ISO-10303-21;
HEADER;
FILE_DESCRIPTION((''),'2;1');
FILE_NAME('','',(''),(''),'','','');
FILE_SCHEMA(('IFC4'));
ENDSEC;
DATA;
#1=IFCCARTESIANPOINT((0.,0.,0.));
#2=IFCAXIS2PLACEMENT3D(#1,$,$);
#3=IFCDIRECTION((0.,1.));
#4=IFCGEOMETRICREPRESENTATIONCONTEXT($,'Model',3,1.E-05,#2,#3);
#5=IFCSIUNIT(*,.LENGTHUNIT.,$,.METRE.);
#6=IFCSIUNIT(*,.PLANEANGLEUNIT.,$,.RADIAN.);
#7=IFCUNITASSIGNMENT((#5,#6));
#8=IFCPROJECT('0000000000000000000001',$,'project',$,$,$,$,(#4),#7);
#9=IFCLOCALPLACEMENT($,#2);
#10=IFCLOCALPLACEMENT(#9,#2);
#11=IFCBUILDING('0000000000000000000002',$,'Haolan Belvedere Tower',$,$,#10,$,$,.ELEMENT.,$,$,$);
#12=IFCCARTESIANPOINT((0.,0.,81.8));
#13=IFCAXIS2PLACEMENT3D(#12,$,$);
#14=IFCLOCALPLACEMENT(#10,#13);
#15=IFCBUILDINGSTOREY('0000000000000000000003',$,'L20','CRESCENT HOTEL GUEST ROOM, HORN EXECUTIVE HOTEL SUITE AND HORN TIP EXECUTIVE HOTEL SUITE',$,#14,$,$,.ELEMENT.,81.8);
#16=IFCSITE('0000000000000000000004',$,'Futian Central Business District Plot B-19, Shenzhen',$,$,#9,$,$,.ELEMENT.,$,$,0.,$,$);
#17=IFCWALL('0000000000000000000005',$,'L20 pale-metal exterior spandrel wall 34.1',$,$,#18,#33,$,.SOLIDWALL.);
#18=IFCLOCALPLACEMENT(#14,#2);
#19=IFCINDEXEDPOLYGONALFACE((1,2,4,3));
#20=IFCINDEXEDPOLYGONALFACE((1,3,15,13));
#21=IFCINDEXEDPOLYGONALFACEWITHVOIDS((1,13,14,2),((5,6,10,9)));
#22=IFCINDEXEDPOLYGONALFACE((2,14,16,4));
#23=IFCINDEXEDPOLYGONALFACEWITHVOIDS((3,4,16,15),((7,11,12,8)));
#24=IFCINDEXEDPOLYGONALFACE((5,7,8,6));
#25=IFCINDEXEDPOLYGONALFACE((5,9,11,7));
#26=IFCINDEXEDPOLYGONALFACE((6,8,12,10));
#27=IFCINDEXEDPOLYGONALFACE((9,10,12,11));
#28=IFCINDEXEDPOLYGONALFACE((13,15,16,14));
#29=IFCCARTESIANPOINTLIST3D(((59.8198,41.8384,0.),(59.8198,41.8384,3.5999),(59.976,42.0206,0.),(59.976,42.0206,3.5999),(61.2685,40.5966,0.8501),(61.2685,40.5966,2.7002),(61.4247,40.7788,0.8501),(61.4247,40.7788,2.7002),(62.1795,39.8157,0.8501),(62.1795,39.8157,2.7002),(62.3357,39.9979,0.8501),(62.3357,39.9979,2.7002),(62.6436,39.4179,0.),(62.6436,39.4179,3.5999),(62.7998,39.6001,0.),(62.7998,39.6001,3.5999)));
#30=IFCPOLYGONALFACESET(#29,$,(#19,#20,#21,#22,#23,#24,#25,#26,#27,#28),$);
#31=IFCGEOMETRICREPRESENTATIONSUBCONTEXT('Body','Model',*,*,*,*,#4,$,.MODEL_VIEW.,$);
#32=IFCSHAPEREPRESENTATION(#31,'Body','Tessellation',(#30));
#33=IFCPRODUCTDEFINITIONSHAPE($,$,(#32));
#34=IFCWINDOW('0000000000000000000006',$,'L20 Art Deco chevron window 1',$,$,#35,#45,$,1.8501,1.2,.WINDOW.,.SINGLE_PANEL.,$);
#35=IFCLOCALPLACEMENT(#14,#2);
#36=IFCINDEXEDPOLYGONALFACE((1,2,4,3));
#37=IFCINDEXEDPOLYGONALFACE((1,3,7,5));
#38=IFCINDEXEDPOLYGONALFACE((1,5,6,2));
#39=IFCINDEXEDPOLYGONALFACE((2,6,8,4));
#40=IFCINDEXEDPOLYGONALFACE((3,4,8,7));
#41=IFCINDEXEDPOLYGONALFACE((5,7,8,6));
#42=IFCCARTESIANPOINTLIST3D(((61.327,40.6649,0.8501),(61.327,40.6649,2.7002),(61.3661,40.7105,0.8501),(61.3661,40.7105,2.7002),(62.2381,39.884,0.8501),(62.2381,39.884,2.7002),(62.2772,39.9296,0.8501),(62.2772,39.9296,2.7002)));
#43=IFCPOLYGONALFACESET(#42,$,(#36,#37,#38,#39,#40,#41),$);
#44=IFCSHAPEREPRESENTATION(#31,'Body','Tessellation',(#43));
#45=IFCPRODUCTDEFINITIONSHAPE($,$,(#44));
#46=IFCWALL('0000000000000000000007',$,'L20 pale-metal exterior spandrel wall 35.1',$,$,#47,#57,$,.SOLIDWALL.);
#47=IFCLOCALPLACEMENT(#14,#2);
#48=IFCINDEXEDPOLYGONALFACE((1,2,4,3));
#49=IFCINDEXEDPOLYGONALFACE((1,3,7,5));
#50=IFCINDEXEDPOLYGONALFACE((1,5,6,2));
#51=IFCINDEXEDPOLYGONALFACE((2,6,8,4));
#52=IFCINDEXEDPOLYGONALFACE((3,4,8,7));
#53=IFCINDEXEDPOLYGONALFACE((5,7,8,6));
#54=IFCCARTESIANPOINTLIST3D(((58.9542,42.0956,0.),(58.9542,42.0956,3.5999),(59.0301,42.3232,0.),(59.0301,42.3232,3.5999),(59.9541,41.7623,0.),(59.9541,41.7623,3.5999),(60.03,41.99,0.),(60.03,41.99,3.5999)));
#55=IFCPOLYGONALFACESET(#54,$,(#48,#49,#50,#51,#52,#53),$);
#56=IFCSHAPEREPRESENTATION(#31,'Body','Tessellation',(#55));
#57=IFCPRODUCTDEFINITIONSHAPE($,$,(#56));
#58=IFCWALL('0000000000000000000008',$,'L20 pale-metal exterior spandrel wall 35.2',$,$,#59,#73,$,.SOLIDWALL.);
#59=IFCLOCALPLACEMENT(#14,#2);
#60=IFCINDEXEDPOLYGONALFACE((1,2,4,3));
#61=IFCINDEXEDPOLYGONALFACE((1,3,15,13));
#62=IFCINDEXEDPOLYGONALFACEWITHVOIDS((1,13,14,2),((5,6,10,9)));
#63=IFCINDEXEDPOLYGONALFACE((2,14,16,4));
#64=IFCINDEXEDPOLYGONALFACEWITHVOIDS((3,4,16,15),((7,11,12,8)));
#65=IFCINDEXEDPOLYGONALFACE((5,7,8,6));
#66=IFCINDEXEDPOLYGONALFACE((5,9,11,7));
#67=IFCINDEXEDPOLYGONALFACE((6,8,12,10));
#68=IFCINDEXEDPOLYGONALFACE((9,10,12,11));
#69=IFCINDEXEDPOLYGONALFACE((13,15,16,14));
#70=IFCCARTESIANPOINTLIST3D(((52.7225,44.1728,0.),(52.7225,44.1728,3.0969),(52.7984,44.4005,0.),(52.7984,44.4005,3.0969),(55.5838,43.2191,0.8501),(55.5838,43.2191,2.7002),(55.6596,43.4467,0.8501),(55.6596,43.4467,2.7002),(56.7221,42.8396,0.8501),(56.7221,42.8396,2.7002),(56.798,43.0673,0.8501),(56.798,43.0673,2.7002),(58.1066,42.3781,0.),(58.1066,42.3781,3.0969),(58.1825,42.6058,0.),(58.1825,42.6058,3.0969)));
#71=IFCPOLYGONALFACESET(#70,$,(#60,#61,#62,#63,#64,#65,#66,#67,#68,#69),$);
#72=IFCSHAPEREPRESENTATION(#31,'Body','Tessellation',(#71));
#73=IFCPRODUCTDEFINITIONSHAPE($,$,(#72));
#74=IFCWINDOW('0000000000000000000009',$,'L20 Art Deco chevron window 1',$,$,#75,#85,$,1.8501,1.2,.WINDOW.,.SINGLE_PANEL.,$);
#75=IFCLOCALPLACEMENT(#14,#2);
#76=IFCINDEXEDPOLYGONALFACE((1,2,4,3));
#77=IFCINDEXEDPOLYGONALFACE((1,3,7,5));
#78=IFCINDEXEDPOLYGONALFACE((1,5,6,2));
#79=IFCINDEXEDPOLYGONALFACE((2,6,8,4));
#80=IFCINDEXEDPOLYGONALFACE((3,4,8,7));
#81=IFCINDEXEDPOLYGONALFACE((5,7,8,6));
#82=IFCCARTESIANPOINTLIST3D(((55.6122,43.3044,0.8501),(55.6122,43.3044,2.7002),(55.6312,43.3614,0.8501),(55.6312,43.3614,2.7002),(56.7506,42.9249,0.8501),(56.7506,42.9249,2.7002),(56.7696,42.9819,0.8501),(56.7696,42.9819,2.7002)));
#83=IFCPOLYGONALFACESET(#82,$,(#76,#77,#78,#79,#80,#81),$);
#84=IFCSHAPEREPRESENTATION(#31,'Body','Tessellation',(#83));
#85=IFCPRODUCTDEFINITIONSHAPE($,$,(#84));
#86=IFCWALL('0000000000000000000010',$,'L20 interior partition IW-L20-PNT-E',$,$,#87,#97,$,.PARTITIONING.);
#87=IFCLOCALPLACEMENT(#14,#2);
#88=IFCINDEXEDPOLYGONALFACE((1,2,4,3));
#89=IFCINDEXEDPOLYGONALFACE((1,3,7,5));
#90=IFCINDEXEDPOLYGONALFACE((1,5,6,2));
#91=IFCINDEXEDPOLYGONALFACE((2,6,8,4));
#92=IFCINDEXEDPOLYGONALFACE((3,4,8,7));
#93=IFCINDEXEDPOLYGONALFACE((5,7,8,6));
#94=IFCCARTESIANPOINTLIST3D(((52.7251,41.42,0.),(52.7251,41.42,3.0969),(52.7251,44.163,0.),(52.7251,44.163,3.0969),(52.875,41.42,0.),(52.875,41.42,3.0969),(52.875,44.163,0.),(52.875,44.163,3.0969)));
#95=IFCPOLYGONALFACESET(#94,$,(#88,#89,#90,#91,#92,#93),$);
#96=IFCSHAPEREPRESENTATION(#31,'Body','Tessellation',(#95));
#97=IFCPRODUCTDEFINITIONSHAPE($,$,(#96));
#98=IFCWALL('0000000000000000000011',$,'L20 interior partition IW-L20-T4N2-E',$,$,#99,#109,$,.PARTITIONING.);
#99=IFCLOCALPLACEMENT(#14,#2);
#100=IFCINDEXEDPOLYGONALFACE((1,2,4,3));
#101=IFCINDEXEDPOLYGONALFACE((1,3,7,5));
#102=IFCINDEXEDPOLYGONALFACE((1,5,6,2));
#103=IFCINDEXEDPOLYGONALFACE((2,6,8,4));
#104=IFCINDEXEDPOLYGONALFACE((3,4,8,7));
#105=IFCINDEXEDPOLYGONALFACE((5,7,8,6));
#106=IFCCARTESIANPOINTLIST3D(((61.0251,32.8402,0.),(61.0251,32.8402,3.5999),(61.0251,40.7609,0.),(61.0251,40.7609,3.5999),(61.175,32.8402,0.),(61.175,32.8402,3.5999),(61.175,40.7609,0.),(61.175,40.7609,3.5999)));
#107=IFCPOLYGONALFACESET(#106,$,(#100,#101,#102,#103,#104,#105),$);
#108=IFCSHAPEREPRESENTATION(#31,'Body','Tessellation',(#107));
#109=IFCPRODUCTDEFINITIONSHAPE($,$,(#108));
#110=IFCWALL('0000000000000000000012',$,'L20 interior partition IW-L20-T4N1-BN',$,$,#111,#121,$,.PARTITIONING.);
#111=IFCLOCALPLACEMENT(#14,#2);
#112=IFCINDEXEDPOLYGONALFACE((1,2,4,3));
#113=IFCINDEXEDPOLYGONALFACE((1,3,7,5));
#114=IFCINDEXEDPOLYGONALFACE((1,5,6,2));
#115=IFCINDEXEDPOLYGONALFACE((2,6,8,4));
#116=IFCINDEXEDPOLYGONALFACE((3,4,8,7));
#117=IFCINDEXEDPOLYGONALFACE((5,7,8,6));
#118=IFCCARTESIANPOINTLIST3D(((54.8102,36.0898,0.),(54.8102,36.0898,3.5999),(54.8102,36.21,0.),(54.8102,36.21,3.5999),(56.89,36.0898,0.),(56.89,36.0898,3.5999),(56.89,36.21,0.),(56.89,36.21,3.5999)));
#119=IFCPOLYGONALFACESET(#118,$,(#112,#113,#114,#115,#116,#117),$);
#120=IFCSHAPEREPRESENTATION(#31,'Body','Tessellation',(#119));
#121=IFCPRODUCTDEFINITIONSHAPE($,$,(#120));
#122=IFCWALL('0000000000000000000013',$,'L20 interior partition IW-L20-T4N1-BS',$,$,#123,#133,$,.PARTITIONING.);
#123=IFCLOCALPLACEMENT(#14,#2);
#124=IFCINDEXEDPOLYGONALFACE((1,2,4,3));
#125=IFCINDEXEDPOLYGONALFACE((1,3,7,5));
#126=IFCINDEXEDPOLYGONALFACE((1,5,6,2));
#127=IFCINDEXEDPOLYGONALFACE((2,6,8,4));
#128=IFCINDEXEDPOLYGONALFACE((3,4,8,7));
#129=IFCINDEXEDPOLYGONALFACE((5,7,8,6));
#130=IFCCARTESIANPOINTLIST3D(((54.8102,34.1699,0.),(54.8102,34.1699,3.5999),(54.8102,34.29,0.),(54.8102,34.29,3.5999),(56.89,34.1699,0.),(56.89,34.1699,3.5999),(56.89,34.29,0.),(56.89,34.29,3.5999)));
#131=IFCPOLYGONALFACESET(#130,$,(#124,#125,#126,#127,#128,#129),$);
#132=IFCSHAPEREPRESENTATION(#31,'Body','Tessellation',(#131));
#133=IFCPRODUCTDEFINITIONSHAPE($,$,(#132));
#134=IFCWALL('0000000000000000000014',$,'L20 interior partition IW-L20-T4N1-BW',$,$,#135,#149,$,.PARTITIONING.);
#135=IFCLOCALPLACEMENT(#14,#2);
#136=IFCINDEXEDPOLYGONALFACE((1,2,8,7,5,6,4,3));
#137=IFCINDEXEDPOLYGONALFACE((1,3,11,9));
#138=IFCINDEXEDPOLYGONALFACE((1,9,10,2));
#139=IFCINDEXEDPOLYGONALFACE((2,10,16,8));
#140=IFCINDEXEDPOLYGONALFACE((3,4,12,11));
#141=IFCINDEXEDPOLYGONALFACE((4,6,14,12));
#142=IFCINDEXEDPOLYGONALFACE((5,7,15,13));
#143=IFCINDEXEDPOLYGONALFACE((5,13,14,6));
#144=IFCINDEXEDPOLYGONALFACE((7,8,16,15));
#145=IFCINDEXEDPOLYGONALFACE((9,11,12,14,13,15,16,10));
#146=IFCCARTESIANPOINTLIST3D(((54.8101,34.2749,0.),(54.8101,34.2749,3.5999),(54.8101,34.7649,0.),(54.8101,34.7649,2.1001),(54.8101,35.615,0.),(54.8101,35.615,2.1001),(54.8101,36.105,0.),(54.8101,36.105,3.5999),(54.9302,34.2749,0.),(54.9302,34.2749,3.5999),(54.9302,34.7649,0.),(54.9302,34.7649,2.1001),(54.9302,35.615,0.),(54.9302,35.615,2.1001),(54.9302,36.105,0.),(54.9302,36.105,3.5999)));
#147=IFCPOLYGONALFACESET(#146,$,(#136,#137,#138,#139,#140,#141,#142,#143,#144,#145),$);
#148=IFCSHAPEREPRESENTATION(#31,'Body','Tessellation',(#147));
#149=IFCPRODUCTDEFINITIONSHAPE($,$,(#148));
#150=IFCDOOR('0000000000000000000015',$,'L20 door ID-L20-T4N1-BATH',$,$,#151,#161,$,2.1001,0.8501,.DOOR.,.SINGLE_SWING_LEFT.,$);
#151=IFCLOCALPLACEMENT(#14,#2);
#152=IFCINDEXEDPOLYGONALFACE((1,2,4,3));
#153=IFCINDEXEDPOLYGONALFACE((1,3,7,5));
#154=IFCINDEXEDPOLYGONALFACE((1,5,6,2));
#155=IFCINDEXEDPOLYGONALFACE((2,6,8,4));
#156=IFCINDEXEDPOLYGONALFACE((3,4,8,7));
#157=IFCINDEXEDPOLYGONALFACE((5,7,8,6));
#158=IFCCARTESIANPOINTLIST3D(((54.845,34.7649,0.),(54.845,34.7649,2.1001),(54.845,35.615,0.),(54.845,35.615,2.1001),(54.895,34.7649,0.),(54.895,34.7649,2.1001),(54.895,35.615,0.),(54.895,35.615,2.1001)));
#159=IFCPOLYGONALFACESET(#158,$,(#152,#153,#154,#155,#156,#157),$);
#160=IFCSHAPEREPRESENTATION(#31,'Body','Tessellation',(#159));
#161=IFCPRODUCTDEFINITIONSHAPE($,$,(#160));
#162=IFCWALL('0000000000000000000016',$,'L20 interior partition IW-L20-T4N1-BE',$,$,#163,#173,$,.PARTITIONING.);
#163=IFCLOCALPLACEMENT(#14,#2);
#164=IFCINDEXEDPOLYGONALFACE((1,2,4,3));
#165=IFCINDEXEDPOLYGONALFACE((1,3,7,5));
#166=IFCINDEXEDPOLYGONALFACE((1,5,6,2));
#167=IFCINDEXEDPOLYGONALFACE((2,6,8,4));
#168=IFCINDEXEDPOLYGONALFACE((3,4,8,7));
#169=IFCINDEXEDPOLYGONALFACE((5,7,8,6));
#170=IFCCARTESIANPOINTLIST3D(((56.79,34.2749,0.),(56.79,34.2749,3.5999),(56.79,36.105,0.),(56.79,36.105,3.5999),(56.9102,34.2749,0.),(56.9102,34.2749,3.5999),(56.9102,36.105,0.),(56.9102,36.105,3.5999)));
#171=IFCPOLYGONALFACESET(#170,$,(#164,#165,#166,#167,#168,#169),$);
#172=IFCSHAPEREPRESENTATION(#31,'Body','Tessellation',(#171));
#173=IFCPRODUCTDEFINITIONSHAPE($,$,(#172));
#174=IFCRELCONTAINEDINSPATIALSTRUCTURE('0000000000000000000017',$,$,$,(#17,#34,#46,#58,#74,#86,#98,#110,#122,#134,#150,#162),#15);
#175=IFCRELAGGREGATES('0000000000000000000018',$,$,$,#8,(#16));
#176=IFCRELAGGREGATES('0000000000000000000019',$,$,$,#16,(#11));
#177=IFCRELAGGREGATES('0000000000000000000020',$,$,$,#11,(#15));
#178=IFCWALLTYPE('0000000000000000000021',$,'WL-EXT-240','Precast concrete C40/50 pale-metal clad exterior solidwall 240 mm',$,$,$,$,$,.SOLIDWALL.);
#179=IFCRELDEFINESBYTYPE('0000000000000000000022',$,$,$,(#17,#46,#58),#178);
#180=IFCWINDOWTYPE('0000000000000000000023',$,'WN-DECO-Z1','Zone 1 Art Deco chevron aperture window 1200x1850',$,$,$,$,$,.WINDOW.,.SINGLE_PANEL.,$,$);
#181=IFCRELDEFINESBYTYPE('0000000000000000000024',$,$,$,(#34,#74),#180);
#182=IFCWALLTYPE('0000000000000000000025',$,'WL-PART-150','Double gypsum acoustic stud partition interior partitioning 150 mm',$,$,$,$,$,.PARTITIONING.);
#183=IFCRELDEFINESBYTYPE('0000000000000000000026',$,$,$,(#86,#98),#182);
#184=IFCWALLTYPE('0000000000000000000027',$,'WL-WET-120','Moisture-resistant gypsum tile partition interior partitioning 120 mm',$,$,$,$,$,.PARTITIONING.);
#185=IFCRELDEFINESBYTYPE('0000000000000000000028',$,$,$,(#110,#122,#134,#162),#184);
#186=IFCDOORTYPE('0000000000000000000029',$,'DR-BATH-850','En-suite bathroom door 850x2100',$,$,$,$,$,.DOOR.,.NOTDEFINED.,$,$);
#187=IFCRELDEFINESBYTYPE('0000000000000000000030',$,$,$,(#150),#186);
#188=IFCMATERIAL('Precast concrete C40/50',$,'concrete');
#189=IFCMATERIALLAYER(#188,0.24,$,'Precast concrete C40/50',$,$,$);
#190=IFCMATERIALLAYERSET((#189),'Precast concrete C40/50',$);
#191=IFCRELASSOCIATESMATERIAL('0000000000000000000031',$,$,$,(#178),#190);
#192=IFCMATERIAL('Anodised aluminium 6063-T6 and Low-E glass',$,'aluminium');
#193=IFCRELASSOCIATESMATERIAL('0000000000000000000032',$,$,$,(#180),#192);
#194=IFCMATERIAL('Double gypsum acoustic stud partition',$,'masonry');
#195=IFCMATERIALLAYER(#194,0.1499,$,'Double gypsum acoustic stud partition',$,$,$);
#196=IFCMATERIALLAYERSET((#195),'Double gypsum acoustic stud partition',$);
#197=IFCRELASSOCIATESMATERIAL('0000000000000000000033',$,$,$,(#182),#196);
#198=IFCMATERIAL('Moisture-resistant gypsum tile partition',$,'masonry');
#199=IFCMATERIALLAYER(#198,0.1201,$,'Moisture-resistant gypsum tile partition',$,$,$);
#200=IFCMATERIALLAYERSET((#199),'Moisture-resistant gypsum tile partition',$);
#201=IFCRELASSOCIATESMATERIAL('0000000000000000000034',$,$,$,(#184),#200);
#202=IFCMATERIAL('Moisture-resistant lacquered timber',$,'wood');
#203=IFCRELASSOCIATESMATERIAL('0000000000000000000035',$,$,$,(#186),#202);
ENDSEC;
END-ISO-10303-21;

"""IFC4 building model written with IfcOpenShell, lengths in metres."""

from ifc_helpers import new_model, si_unit, direction, frame, frame_2d, origin, place, context, subcontext, project, spatial, rectangle, extrude, material, layer, layer_set, type_object, element, fill, save


model = new_model("IFC4")

# Units and contexts
model_context = context("Model", 3, precision=1e-05, world=origin(), true_north=direction((0.0, 1.0)))
body_context = subcontext(model_context, "Body", "Model", "MODEL_VIEW")
ifc_project = project(units=[si_unit("LENGTHUNIT", "METRE"), si_unit("PLANEANGLEUNIT", "RADIAN")], contexts=[model_context])

# Site, building, storey
site_placement = place(None, origin())
site = spatial("IfcSite", under=ifc_project, at=site_placement, Name="Futian Central Business District Plot B-19, Shenzhen", CompositionType="ELEMENT", RefElevation=0.0)
building_placement = place(site_placement, origin())
building = spatial("IfcBuilding", under=site, at=building_placement, Name="Haolan Belvedere Tower", CompositionType="ELEMENT")
storey_placement = place(building_placement, frame((0.0, 0.0, 81.8)))
storey = spatial("IfcBuildingStorey", under=building, at=storey_placement, Name="L20", Description="CRESCENT HOTEL GUEST ROOM, HORN EXECUTIVE HOTEL SUITE AND HORN TIP EXECUTIVE HOTEL SUITE", CompositionType="ELEMENT", Elevation=81.8)

# Shared definitions
ifc_material_1 = material(Name="Precast concrete C40/50", Category="concrete")
ifc_layer_1 = layer(ifc_material_1, 0.24, Name="Precast concrete C40/50")
ifc_layer_set_1 = layer_set([ifc_layer_1], Name="Precast concrete C40/50")
wall_type_1 = type_object("IfcWallType", Name="WL-EXT-240", Description="Precast concrete C40/50 pale-metal clad exterior solidwall 240 mm", PredefinedType="SOLIDWALL", material=ifc_layer_set_1)
ifc_material_2 = material(Name="Anodised aluminium 6063-T6 and Low-E glass", Category="aluminium")
window_type = type_object("IfcWindowType", Name="WN-DECO-Z1", Description="Zone 1 Art Deco chevron aperture window 1200x1850", PartitioningType="SINGLE_PANEL", PredefinedType="WINDOW", material=ifc_material_2)

# Wall, opening, window
wall_1_placement = place(storey_placement, frame((62.7217, 39.509, 0.0), z_axis=(0.0, 0.0, 1.0), x_axis=(-0.759247, 0.650802, 0.0)))
wall_1 = element("IfcWall", 1, at=wall_1_placement, inside=storey, type_object=wall_type_1, Name="L20 pale-metal exterior spandrel wall 34.1", PredefinedType="SOLIDWALL", context=body_context, shape_type="SweptSolid", body=[
    extrude(rectangle(XDim=3.7192, YDim=0.24, at=frame_2d((1.8596, 0.0))), origin(), (0.0, 0.0, 1.0), 3.5999),
])
opening_1_placement = place(wall_1_placement, frame((0.6111, 0.0, 0.8501)))
opening_1 = element("IfcOpeningElement", 2, at=opening_1_placement, cuts=wall_1, PredefinedType="OPENING", context=body_context, shape_type="SweptSolid", body=[
    extrude(rectangle(XDim=1.2, YDim=1.8501, at=frame_2d((0.6001, 0.925))), frame((0.0, 0.1299, 0.0), z_axis=(0.0, -1.0, 0.0), x_axis=(1.0, 0.0, 0.0)), (0.0, 0.0, 1.0), 0.26),
])
window_1_placement = place(opening_1_placement, origin())
window_1 = element("IfcWindow", 3, at=window_1_placement, inside=storey, type_object=window_type, Name="L20 Art Deco chevron window 1", OverallHeight=1.8501, OverallWidth=1.2, PartitioningType="SINGLE_PANEL", PredefinedType="WINDOW", context=body_context, shape_type="SweptSolid", body=[
    extrude(rectangle(XDim=1.2, YDim=1.8501, at=frame_2d((0.6001, 0.925))), frame((0.0, 0.03, 0.0), z_axis=(0.0, -1.0, 0.0), x_axis=(1.0, 0.0, 0.0)), (0.0, 0.0, 1.0), 0.0601),
])
fill(opening_1, window_1)

# Wall
wall_2_placement = place(storey_placement, frame((59.9919, 41.8762, 0.0), z_axis=(0.0, 0.0, 1.0), x_axis=(-0.948706, 0.316158, 0.0)))
element("IfcWall", 4, at=wall_2_placement, inside=storey, type_object=wall_type_1, Name="L20 pale-metal exterior spandrel wall 35.1", PredefinedType="SOLIDWALL", context=body_context, shape_type="SweptSolid", body=[
    extrude(rectangle(XDim=1.054, YDim=0.24, at=frame_2d((0.5269, 0.0))), origin(), (0.0, 0.0, 1.0), 3.5999),
])

# Wall, opening, window
wall_3_placement = place(storey_placement, frame((58.1445, 42.4919, 0.0), z_axis=(0.0, 0.0, 1.0), x_axis=(-0.948683, 0.316228, 0.0)))
wall_3 = element("IfcWall", 5, at=wall_3_placement, inside=storey, type_object=wall_type_1, Name="L20 pale-metal exterior spandrel wall 35.2", PredefinedType="SOLIDWALL", context=body_context, shape_type="SweptSolid", body=[
    extrude(rectangle(XDim=5.6753, YDim=0.24, at=frame_2d((2.8376, 0.0))), origin(), (0.0, 0.0, 1.0), 3.0969),
])
opening_2_placement = place(wall_3_placement, frame((1.4592, 0.0, 0.8501)))
opening_2 = element("IfcOpeningElement", 6, at=opening_2_placement, cuts=wall_3, PredefinedType="OPENING", context=body_context, shape_type="SweptSolid", body=[
    extrude(rectangle(XDim=1.2, YDim=1.8501, at=frame_2d((0.6001, 0.925))), frame((0.0, 0.1299, 0.0), z_axis=(0.0, -1.0, 0.0), x_axis=(1.0, 0.0, 0.0)), (0.0, 0.0, 1.0), 0.26),
])
window_2_placement = place(opening_2_placement, origin())
window_2 = element("IfcWindow", 7, at=window_2_placement, inside=storey, type_object=window_type, Name="L20 Art Deco chevron window 1", OverallHeight=1.8501, OverallWidth=1.2, PartitioningType="SINGLE_PANEL", PredefinedType="WINDOW", context=body_context, shape_type="SweptSolid", body=[
    extrude(rectangle(XDim=1.2, YDim=1.8501, at=frame_2d((0.6001, 0.925))), frame((0.0, 0.03, 0.0), z_axis=(0.0, -1.0, 0.0), x_axis=(1.0, 0.0, 0.0)), (0.0, 0.0, 1.0), 0.0601),
])
fill(opening_2, window_2)

# Walls
ifc_material_3 = material(Name="Double gypsum acoustic stud partition", Category="masonry")
ifc_layer_2 = layer(ifc_material_3, 0.1499, Name="Double gypsum acoustic stud partition")
ifc_layer_set_2 = layer_set([ifc_layer_2], Name="Double gypsum acoustic stud partition")
wall_type_2 = type_object("IfcWallType", Name="WL-PART-150", Description="Double gypsum acoustic stud partition interior partitioning 150 mm", PredefinedType="PARTITIONING", material=ifc_layer_set_2)
wall_4_placement = place(storey_placement, frame((52.8, 41.4199, 0.0), z_axis=(0.0, 0.0, 1.0), x_axis=(0.0, 1.0, 0.0)))
element("IfcWall", 8, at=wall_4_placement, inside=storey, type_object=wall_type_2, Name="L20 interior partition IW-L20-PNT-E", PredefinedType="PARTITIONING", context=body_context, shape_type="SweptSolid", body=[
    extrude(rectangle(XDim=2.7429, YDim=0.1499, at=frame_2d((1.3716, 0.0))), origin(), (0.0, 0.0, 1.0), 3.0969),
])
wall_5_placement = place(storey_placement, frame((61.1001, 32.8401, 0.0), z_axis=(0.0, 0.0, 1.0), x_axis=(0.0, 1.0, 0.0)))
element("IfcWall", 9, at=wall_5_placement, inside=storey, type_object=wall_type_2, Name="L20 interior partition IW-L20-T4N2-E", PredefinedType="PARTITIONING", context=body_context, shape_type="SweptSolid", body=[
    extrude(rectangle(XDim=7.9207, YDim=0.1499, at=frame_2d((3.9604, 0.0))), origin(), (0.0, 0.0, 1.0), 3.5999),
])
ifc_material_4 = material(Name="Moisture-resistant gypsum tile partition", Category="masonry")
ifc_layer_3 = layer(ifc_material_4, 0.1201, Name="Moisture-resistant gypsum tile partition")
ifc_layer_set_3 = layer_set([ifc_layer_3], Name="Moisture-resistant gypsum tile partition")
wall_type_3 = type_object("IfcWallType", Name="WL-WET-120", Description="Moisture-resistant gypsum tile partition interior partitioning 120 mm", PredefinedType="PARTITIONING", material=ifc_layer_set_3)
for number, where, z_axis, x_axis, name in (
    (10, (54.8101, 36.1499, 0.0), (0.0, 0.0, 1.0), (1.0, 0.0, 0.0), "L20 interior partition IW-L20-T4N1-BN"),
    (11, (54.8101, 34.23, 0.0), (0.0, 0.0, 1.0), (1.0, 0.0, 0.0), "L20 interior partition IW-L20-T4N1-BS"),
):
    element("IfcWall", number, at=place(storey_placement, frame(where, z_axis=z_axis, x_axis=x_axis)), inside=storey, type_object=wall_type_3, Name=name, PredefinedType="PARTITIONING", context=body_context, shape_type="SweptSolid", body=[
        extrude(rectangle(XDim=2.0798, YDim=0.1201, at=frame_2d((1.04, 0.0))), origin(), (0.0, 0.0, 1.0), 3.5999),
    ])

# Wall, opening, door
wall_6_placement = place(storey_placement, frame((54.8701, 34.2749, 0.0), z_axis=(0.0, 0.0, 1.0), x_axis=(0.0, 1.0, 0.0)))
wall_6 = element("IfcWall", 12, at=wall_6_placement, inside=storey, type_object=wall_type_3, Name="L20 interior partition IW-L20-T4N1-BW", PredefinedType="PARTITIONING", context=body_context, shape_type="SweptSolid", body=[
    extrude(rectangle(XDim=1.8301, YDim=0.1201, at=frame_2d((0.915, 0.0))), origin(), (0.0, 0.0, 1.0), 3.5999),
])
opening_3_placement = place(wall_6_placement, frame((1.3401, 0.0, 0.0), z_axis=(0.0, 0.0, 1.0), x_axis=(-1.0, 0.0, 0.0)))
opening_3 = element("IfcOpeningElement", 13, at=opening_3_placement, cuts=wall_6, PredefinedType="OPENING", context=body_context, shape_type="SweptSolid", body=[
    extrude(rectangle(XDim=0.8501, YDim=2.1001, at=frame_2d((0.425, 1.05))), frame((0.0, 0.0701, 0.0), z_axis=(0.0, -1.0, 0.0), x_axis=(1.0, 0.0, 0.0)), (0.0, 0.0, 1.0), 0.1401),
])
ifc_material_5 = material(Name="Moisture-resistant lacquered timber", Category="wood")
door_type = type_object("IfcDoorType", Name="DR-BATH-850", Description="En-suite bathroom door 850x2100", OperationType="NOTDEFINED", PredefinedType="DOOR", material=ifc_material_5)
door_1_placement = place(opening_3_placement, origin())
door_1 = element("IfcDoor", 14, at=door_1_placement, inside=storey, type_object=door_type, Name="L20 door ID-L20-T4N1-BATH", OperationType="SINGLE_SWING_LEFT", OverallHeight=2.1001, OverallWidth=0.8501, PredefinedType="DOOR", context=body_context, shape_type="SweptSolid", body=[
    extrude(rectangle(XDim=0.8501, YDim=2.1001, at=frame_2d((0.425, 1.05))), frame((0.0, 0.0249, 0.0), z_axis=(0.0, -1.0, 0.0), x_axis=(1.0, 0.0, 0.0)), (0.0, 0.0, 1.0), 0.05),
])
fill(opening_3, door_1)

# Wall
wall_7_placement = place(storey_placement, frame((56.8501, 34.2749, 0.0), z_axis=(0.0, 0.0, 1.0), x_axis=(0.0, 1.0, 0.0)))
element("IfcWall", 15, at=wall_7_placement, inside=storey, type_object=wall_type_3, Name="L20 interior partition IW-L20-T4N1-BE", PredefinedType="PARTITIONING", context=body_context, shape_type="SweptSolid", body=[
    extrude(rectangle(XDim=1.8301, YDim=0.1201, at=frame_2d((0.915, 0.0))), origin(), (0.0, 0.0, 1.0), 3.5999),
])

save(model, "model.ifc")
